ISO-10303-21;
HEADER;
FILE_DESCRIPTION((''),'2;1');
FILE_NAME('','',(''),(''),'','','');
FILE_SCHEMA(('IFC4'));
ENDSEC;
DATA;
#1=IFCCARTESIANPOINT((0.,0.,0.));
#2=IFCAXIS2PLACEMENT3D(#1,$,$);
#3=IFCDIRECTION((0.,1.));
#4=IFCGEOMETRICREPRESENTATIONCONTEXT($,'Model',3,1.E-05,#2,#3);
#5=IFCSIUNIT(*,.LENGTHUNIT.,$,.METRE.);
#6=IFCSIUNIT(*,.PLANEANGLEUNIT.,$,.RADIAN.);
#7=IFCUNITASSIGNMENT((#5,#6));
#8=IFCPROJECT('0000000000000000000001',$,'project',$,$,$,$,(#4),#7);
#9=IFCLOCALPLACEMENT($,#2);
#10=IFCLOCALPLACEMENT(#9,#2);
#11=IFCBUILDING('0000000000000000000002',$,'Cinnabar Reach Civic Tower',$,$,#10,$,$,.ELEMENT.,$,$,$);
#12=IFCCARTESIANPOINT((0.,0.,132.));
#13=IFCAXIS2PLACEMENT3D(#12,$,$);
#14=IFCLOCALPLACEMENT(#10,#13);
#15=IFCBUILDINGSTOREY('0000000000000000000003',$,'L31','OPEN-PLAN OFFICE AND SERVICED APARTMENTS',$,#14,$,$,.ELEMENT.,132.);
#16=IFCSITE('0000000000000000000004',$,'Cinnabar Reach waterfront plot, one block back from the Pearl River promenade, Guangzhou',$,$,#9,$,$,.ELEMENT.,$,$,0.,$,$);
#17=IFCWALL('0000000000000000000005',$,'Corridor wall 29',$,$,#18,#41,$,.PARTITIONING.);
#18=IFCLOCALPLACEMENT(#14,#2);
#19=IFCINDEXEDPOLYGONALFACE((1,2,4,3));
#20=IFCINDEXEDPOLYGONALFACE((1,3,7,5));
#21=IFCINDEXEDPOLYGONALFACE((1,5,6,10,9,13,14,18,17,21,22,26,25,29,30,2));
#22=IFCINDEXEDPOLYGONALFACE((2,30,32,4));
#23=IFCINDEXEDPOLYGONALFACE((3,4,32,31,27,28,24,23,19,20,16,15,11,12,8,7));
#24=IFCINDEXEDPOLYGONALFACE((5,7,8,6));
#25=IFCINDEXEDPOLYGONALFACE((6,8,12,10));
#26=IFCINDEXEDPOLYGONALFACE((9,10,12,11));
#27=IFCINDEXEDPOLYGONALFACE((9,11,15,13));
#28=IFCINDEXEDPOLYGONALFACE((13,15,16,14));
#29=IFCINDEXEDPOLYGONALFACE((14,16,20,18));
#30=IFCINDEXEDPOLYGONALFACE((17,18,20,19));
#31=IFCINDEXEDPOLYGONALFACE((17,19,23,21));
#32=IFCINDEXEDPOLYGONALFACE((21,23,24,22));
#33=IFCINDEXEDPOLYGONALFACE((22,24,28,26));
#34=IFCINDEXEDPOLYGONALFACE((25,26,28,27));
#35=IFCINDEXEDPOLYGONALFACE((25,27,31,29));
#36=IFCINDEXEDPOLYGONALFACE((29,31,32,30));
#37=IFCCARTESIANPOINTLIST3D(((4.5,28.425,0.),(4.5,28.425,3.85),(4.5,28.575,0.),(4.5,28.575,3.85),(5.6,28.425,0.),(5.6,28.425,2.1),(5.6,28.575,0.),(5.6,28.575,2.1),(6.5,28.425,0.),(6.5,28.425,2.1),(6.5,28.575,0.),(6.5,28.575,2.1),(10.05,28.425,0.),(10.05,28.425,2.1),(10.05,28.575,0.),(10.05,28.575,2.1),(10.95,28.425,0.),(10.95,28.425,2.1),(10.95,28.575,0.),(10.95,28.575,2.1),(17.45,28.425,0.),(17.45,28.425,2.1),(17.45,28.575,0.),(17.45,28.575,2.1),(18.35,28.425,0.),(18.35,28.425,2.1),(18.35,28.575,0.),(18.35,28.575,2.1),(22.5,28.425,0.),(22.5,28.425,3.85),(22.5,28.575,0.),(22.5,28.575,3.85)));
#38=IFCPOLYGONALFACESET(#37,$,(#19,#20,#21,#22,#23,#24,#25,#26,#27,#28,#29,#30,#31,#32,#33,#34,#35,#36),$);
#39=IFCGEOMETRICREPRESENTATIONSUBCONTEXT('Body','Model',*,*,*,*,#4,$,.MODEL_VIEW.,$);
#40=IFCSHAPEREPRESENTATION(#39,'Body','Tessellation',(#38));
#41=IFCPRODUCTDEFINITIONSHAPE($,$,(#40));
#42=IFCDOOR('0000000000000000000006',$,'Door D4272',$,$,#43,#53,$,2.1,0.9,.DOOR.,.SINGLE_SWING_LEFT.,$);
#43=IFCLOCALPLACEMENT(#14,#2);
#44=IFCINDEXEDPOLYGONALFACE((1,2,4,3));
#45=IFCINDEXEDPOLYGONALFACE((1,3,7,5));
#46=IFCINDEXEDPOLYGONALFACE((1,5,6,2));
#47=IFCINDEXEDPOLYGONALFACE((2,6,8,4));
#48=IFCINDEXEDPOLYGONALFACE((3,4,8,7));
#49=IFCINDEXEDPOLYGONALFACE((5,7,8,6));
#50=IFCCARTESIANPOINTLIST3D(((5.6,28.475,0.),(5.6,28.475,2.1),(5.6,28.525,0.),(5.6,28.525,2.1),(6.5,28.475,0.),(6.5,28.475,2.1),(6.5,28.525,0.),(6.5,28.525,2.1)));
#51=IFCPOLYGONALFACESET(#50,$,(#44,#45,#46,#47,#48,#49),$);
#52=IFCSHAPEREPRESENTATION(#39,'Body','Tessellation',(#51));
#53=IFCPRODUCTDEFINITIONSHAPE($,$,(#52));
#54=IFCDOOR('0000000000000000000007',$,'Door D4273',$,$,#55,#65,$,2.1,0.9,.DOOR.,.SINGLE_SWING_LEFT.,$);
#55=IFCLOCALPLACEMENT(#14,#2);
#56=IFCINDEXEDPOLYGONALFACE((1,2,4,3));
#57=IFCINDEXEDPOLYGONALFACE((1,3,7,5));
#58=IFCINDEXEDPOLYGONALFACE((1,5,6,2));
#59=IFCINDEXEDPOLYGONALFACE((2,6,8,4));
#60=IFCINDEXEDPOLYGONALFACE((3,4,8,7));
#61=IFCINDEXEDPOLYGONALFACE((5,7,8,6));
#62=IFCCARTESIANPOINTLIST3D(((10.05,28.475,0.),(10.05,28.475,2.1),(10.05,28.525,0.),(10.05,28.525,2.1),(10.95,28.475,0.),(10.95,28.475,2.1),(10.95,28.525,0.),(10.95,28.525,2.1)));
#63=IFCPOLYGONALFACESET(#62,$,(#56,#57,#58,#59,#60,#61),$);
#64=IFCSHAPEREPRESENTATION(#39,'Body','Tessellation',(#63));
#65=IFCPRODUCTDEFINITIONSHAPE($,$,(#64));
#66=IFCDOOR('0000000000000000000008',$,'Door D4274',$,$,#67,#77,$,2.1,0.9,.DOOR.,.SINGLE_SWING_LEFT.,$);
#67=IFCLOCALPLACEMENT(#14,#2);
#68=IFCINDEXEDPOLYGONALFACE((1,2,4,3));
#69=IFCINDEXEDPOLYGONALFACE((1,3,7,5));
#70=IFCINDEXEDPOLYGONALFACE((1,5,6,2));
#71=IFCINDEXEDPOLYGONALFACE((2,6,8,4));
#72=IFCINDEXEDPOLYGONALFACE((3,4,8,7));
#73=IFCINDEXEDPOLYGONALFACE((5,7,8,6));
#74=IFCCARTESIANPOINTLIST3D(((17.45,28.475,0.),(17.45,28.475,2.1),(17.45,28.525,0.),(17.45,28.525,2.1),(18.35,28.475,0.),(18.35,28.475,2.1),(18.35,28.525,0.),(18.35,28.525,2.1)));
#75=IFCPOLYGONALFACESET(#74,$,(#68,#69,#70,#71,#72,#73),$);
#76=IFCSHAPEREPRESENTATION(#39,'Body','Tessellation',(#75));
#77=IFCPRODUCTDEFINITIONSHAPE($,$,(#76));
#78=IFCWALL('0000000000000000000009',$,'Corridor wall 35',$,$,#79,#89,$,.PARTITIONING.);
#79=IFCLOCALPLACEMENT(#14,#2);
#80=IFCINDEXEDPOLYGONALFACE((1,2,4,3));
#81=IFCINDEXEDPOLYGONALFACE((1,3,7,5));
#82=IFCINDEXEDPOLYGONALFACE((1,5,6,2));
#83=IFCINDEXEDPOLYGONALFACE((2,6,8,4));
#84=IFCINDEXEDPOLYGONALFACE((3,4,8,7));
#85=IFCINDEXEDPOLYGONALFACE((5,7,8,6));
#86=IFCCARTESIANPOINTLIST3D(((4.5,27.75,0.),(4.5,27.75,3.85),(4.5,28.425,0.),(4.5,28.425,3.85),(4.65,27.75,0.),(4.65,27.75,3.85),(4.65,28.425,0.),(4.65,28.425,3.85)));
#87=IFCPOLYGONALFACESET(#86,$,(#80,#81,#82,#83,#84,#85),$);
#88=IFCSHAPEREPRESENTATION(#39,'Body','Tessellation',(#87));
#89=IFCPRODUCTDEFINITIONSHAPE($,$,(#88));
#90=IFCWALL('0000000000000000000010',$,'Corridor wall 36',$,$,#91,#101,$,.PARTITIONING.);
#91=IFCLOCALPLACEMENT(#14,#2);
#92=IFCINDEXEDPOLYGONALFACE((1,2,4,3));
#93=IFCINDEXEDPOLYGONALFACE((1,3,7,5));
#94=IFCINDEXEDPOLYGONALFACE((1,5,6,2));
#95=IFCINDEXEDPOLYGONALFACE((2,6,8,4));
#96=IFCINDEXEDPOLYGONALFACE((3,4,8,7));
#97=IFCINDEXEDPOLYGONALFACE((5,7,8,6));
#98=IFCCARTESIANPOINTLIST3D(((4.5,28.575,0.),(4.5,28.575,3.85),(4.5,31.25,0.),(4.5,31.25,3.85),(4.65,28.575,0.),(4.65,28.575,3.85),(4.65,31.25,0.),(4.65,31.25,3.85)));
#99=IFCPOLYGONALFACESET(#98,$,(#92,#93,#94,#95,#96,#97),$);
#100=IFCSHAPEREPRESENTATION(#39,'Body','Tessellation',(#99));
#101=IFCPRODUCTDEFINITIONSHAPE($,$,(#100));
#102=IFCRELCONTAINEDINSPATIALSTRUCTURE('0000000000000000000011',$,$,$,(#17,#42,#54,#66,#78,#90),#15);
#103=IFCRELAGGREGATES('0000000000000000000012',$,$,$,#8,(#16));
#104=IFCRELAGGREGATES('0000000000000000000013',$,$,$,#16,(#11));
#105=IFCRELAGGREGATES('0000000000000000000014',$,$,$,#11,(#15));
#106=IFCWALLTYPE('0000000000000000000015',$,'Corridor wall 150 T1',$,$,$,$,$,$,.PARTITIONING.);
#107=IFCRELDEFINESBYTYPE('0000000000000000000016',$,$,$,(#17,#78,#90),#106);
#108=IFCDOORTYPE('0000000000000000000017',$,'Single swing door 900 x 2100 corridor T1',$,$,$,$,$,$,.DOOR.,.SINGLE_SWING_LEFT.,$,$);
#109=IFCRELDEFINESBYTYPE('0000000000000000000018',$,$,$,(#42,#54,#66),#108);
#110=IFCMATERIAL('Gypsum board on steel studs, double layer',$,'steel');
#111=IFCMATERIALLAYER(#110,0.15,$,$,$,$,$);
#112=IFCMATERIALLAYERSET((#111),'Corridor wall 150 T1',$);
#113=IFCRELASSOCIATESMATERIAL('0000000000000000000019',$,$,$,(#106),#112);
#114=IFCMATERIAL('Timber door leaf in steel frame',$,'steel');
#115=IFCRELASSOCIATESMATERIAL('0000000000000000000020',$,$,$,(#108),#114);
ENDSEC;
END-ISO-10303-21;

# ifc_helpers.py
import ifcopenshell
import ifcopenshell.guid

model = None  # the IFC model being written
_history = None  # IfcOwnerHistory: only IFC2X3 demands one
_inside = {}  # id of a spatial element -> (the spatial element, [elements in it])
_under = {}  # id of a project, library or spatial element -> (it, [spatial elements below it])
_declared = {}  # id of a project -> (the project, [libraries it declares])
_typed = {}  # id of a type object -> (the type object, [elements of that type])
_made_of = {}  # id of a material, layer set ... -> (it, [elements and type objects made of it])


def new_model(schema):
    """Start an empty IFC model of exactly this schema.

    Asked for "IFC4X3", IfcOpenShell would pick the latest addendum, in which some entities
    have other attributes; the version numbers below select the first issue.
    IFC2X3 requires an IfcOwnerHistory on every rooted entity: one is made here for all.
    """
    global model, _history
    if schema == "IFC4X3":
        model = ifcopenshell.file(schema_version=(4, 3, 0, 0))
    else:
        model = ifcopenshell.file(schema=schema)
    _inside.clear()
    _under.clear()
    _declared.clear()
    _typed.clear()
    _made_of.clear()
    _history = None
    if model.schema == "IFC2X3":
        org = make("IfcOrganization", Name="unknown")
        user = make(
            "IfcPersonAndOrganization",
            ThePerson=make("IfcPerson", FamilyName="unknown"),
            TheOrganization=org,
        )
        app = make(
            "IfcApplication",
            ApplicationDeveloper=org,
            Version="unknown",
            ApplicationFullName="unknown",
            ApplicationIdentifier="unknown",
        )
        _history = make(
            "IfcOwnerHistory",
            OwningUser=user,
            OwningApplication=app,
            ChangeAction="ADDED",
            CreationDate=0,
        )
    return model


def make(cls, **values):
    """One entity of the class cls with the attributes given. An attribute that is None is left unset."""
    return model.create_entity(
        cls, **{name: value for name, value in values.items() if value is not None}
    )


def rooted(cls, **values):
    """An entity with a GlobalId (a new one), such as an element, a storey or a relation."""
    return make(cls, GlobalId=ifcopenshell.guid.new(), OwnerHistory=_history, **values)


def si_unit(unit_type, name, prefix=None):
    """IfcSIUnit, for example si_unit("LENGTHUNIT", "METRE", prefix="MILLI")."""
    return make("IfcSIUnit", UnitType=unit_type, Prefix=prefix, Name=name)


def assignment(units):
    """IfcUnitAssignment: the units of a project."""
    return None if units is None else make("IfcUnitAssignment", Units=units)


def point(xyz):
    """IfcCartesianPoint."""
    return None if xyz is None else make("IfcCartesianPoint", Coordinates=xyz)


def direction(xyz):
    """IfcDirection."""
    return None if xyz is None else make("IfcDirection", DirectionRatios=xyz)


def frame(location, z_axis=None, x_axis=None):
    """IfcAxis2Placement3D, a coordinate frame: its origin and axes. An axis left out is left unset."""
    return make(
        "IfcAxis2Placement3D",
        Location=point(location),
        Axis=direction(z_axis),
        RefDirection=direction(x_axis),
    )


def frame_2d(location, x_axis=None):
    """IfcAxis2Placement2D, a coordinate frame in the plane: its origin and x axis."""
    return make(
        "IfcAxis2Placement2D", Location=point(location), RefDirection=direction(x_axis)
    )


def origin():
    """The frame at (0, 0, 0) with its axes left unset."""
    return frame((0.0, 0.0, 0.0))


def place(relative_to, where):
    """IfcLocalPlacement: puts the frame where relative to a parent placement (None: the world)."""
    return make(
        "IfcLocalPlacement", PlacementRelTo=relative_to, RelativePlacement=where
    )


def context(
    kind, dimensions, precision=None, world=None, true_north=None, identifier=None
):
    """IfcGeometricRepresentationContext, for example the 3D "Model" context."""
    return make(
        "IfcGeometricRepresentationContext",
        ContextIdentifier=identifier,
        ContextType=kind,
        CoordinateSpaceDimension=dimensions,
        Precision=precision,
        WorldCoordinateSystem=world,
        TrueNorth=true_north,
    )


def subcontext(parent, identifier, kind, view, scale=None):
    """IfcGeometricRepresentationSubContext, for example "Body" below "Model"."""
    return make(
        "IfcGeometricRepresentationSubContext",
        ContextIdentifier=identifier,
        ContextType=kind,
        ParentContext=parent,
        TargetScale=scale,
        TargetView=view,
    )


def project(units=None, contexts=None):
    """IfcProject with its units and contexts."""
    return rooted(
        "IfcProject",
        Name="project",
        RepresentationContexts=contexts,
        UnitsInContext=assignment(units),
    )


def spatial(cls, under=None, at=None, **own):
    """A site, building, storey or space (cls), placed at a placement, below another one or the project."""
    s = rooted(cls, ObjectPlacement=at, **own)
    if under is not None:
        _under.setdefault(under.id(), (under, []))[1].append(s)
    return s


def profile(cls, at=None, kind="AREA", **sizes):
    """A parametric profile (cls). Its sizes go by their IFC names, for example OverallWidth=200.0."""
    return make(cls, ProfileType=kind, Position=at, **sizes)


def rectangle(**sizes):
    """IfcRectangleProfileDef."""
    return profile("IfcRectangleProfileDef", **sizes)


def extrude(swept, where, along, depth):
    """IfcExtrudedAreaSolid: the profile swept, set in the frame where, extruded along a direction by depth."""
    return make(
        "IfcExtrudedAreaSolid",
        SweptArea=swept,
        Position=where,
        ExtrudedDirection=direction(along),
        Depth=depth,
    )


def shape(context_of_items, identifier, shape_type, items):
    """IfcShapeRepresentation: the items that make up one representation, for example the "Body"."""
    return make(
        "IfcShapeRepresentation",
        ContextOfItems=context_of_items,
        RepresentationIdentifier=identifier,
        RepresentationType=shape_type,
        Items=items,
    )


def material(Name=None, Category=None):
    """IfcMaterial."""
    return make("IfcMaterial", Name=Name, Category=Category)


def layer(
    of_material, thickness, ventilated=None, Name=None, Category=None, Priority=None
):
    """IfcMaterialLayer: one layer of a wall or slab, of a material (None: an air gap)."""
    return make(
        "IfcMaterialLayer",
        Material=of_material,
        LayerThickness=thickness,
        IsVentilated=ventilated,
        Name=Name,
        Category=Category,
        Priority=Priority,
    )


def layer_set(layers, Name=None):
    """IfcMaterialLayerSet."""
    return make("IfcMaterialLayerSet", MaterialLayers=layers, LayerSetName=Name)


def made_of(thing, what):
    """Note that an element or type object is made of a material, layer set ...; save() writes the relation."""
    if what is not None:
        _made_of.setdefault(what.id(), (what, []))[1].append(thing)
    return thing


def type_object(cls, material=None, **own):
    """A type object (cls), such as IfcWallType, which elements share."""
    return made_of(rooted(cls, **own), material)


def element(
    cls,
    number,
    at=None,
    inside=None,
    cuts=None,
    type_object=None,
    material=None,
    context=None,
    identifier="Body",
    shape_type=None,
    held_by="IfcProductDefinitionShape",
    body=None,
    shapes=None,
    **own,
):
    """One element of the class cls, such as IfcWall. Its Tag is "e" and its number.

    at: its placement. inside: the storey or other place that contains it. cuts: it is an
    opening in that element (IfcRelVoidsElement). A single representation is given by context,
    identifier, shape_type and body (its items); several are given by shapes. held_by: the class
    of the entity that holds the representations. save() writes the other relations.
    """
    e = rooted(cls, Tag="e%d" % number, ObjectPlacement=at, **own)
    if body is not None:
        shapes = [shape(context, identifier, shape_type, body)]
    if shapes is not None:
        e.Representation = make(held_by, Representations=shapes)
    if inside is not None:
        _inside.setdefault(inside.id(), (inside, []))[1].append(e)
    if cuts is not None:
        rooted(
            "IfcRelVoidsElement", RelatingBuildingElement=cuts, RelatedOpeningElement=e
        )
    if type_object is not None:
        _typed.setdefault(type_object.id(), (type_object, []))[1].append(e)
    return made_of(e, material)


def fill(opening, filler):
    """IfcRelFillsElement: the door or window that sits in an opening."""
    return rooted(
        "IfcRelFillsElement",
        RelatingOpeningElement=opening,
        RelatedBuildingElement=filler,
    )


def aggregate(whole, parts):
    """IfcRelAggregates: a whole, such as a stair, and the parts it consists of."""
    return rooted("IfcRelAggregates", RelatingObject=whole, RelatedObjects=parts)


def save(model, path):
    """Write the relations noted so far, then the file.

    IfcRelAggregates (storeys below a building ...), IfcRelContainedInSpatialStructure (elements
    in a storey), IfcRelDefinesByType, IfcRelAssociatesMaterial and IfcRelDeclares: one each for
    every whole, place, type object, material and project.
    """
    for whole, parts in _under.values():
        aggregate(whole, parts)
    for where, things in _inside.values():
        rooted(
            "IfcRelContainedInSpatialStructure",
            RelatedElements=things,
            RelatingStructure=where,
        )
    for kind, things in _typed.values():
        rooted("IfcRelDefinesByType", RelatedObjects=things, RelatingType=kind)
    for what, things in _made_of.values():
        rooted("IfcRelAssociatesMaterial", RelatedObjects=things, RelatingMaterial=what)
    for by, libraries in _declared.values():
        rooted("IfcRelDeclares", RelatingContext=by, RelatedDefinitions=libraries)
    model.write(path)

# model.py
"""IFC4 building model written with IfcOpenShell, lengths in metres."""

from ifc_helpers import new_model, si_unit, direction, frame, frame_2d, origin, place, context, subcontext, project, spatial, rectangle, extrude, material, layer, layer_set, type_object, element, fill, save


model = new_model("IFC4")

# Units and contexts
model_context = context("Model", 3, precision=1e-05, world=origin(), true_north=direction((0.0, 1.0)))
body_context = subcontext(model_context, "Body", "Model", "MODEL_VIEW")
ifc_project = project(units=[si_unit("LENGTHUNIT", "METRE"), si_unit("PLANEANGLEUNIT", "RADIAN")], contexts=[model_context])

# Site, building, storey
site_placement = place(None, origin())
site = spatial("IfcSite", under=ifc_project, at=site_placement, Name="Cinnabar Reach waterfront plot, one block back from the Pearl River promenade, Guangzhou", CompositionType="ELEMENT", RefElevation=0.0)
building_placement = place(site_placement, origin())
building = spatial("IfcBuilding", under=site, at=building_placement, Name="Cinnabar Reach Civic Tower", CompositionType="ELEMENT")
storey_placement = place(building_placement, frame((0.0, 0.0, 132.0)))
storey = spatial("IfcBuildingStorey", under=building, at=storey_placement, Name="L31", Description="OPEN-PLAN OFFICE AND SERVICED APARTMENTS", CompositionType="ELEMENT", Elevation=132.0)

# Shared definitions
ifc_material_1 = material(Name="Timber door leaf in steel frame", Category="steel")

# Wall, openings, doors
ifc_material_2 = material(Name="Gypsum board on steel studs, double layer", Category="steel")
ifc_layer_1 = layer(ifc_material_2, 0.15)
ifc_layer_set_1 = layer_set([ifc_layer_1], Name="Corridor wall 150 T1")
wall_type_1 = type_object("IfcWallType", Name="Corridor wall 150 T1", PredefinedType="PARTITIONING", material=ifc_layer_set_1)
wall_1_placement = place(storey_placement, frame((4.5, 28.5, 0.0), z_axis=(0.0, 0.0, 1.0), x_axis=(1.0, 0.0, 0.0)))
wall_1 = element("IfcWall", 1, at=wall_1_placement, inside=storey, type_object=wall_type_1, Name="Corridor wall 29", PredefinedType="PARTITIONING", context=body_context, shape_type="SweptSolid", body=[
    extrude(rectangle(XDim=18.0, YDim=0.15, at=frame_2d((9.0, 0.0))), origin(), (0.0, 0.0, 1.0), 3.85),
])
opening_1_placement = place(wall_1_placement, frame((1.1, 0.0, 0.0)))
opening_1 = element("IfcOpeningElement", 2, at=opening_1_placement, cuts=wall_1, PredefinedType="OPENING", context=body_context, shape_type="SweptSolid", body=[
    extrude(rectangle(XDim=0.9, YDim=2.1, at=frame_2d((0.45, 1.05))), frame((0.0, 0.085, 0.0), z_axis=(0.0, -1.0, 0.0), x_axis=(1.0, 0.0, 0.0)), (0.0, 0.0, 1.0), 0.17),
])
opening_2_placement = place(wall_1_placement, frame((5.55, 0.0, 0.0)))
opening_2 = element("IfcOpeningElement", 3, at=opening_2_placement, cuts=wall_1, PredefinedType="OPENING", context=body_context, shape_type="SweptSolid", body=[
    extrude(rectangle(XDim=0.9, YDim=2.1, at=frame_2d((0.45, 1.05))), frame((0.0, 0.085, 0.0), z_axis=(0.0, -1.0, 0.0), x_axis=(1.0, 0.0, 0.0)), (0.0, 0.0, 1.0), 0.17),
])
opening_3_placement = place(wall_1_placement, frame((12.95, 0.0, 0.0)))
opening_3 = element("IfcOpeningElement", 4, at=opening_3_placement, cuts=wall_1, PredefinedType="OPENING", context=body_context, shape_type="SweptSolid", body=[
    extrude(rectangle(XDim=0.9, YDim=2.1, at=frame_2d((0.45, 1.05))), frame((0.0, 0.085, 0.0), z_axis=(0.0, -1.0, 0.0), x_axis=(1.0, 0.0, 0.0)), (0.0, 0.0, 1.0), 0.17),
])
door_type_1 = type_object("IfcDoorType", Name="Single swing door 900 x 2100 corridor T1", OperationType="SINGLE_SWING_LEFT", PredefinedType="DOOR", material=ifc_material_1)
door_1_placement = place(opening_1_placement, origin())
door_1 = element("IfcDoor", 5, at=door_1_placement, inside=storey, type_object=door_type_1, Name="Door D4272", OperationType="SINGLE_SWING_LEFT", OverallHeight=2.1, OverallWidth=0.9, PredefinedType="DOOR", context=body_context, shape_type="SweptSolid", body=[
    extrude(rectangle(XDim=0.9, YDim=2.1, at=frame_2d((0.45, 1.05))), frame((0.0, 0.025, 0.0), z_axis=(0.0, -1.0, 0.0), x_axis=(1.0, 0.0, 0.0)), (0.0, 0.0, 1.0), 0.05),
])
fill(opening_1, door_1)
door_2_placement = place(opening_2_placement, origin())
door_2 = element("IfcDoor", 6, at=door_2_placement, inside=storey, type_object=door_type_1, Name="Door D4273", OperationType="SINGLE_SWING_LEFT", OverallHeight=2.1, OverallWidth=0.9, PredefinedType="DOOR", context=body_context, shape_type="SweptSolid", body=[
    extrude(rectangle(XDim=0.9, YDim=2.1, at=frame_2d((0.45, 1.05))), frame((0.0, 0.025, 0.0), z_axis=(0.0, -1.0, 0.0), x_axis=(1.0, 0.0, 0.0)), (0.0, 0.0, 1.0), 0.05),
])
fill(opening_2, door_2)
door_3_placement = place(opening_3_placement, origin())
door_3 = element("IfcDoor", 7, at=door_3_placement, inside=storey, type_object=door_type_1, Name="Door D4274", OperationType="SINGLE_SWING_LEFT", OverallHeight=2.1, OverallWidth=0.9, PredefinedType="DOOR", context=body_context, shape_type="SweptSolid", body=[
    extrude(rectangle(XDim=0.9, YDim=2.1, at=frame_2d((0.45, 1.05))), frame((0.0, 0.025, 0.0), z_axis=(0.0, -1.0, 0.0), x_axis=(1.0, 0.0, 0.0)), (0.0, 0.0, 1.0), 0.05),
])
fill(opening_3, door_3)

# Walls
wall_2_placement = place(storey_placement, frame((4.575, 27.75, 0.0), z_axis=(0.0, 0.0, 1.0), x_axis=(0.0, 1.0, 0.0)))
element("IfcWall", 8, at=wall_2_placement, inside=storey, type_object=wall_type_1, Name="Corridor wall 35", PredefinedType="PARTITIONING", context=body_context, shape_type="SweptSolid", body=[
    extrude(rectangle(XDim=0.675, YDim=0.15, at=frame_2d((0.3375, 0.0))), origin(), (0.0, 0.0, 1.0), 3.85),
])
wall_3_placement = place(storey_placement, frame((4.575, 28.575, 0.0), z_axis=(0.0, 0.0, 1.0), x_axis=(0.0, 1.0, 0.0)))
element("IfcWall", 9, at=wall_3_placement, inside=storey, type_object=wall_type_1, Name="Corridor wall 36", PredefinedType="PARTITIONING", context=body_context, shape_type="SweptSolid", body=[
    extrude(rectangle(XDim=2.675, YDim=0.15, at=frame_2d((1.3375, 0.0))), origin(), (0.0, 0.0, 1.0), 3.85),
])

save(model, "model.ifc")
